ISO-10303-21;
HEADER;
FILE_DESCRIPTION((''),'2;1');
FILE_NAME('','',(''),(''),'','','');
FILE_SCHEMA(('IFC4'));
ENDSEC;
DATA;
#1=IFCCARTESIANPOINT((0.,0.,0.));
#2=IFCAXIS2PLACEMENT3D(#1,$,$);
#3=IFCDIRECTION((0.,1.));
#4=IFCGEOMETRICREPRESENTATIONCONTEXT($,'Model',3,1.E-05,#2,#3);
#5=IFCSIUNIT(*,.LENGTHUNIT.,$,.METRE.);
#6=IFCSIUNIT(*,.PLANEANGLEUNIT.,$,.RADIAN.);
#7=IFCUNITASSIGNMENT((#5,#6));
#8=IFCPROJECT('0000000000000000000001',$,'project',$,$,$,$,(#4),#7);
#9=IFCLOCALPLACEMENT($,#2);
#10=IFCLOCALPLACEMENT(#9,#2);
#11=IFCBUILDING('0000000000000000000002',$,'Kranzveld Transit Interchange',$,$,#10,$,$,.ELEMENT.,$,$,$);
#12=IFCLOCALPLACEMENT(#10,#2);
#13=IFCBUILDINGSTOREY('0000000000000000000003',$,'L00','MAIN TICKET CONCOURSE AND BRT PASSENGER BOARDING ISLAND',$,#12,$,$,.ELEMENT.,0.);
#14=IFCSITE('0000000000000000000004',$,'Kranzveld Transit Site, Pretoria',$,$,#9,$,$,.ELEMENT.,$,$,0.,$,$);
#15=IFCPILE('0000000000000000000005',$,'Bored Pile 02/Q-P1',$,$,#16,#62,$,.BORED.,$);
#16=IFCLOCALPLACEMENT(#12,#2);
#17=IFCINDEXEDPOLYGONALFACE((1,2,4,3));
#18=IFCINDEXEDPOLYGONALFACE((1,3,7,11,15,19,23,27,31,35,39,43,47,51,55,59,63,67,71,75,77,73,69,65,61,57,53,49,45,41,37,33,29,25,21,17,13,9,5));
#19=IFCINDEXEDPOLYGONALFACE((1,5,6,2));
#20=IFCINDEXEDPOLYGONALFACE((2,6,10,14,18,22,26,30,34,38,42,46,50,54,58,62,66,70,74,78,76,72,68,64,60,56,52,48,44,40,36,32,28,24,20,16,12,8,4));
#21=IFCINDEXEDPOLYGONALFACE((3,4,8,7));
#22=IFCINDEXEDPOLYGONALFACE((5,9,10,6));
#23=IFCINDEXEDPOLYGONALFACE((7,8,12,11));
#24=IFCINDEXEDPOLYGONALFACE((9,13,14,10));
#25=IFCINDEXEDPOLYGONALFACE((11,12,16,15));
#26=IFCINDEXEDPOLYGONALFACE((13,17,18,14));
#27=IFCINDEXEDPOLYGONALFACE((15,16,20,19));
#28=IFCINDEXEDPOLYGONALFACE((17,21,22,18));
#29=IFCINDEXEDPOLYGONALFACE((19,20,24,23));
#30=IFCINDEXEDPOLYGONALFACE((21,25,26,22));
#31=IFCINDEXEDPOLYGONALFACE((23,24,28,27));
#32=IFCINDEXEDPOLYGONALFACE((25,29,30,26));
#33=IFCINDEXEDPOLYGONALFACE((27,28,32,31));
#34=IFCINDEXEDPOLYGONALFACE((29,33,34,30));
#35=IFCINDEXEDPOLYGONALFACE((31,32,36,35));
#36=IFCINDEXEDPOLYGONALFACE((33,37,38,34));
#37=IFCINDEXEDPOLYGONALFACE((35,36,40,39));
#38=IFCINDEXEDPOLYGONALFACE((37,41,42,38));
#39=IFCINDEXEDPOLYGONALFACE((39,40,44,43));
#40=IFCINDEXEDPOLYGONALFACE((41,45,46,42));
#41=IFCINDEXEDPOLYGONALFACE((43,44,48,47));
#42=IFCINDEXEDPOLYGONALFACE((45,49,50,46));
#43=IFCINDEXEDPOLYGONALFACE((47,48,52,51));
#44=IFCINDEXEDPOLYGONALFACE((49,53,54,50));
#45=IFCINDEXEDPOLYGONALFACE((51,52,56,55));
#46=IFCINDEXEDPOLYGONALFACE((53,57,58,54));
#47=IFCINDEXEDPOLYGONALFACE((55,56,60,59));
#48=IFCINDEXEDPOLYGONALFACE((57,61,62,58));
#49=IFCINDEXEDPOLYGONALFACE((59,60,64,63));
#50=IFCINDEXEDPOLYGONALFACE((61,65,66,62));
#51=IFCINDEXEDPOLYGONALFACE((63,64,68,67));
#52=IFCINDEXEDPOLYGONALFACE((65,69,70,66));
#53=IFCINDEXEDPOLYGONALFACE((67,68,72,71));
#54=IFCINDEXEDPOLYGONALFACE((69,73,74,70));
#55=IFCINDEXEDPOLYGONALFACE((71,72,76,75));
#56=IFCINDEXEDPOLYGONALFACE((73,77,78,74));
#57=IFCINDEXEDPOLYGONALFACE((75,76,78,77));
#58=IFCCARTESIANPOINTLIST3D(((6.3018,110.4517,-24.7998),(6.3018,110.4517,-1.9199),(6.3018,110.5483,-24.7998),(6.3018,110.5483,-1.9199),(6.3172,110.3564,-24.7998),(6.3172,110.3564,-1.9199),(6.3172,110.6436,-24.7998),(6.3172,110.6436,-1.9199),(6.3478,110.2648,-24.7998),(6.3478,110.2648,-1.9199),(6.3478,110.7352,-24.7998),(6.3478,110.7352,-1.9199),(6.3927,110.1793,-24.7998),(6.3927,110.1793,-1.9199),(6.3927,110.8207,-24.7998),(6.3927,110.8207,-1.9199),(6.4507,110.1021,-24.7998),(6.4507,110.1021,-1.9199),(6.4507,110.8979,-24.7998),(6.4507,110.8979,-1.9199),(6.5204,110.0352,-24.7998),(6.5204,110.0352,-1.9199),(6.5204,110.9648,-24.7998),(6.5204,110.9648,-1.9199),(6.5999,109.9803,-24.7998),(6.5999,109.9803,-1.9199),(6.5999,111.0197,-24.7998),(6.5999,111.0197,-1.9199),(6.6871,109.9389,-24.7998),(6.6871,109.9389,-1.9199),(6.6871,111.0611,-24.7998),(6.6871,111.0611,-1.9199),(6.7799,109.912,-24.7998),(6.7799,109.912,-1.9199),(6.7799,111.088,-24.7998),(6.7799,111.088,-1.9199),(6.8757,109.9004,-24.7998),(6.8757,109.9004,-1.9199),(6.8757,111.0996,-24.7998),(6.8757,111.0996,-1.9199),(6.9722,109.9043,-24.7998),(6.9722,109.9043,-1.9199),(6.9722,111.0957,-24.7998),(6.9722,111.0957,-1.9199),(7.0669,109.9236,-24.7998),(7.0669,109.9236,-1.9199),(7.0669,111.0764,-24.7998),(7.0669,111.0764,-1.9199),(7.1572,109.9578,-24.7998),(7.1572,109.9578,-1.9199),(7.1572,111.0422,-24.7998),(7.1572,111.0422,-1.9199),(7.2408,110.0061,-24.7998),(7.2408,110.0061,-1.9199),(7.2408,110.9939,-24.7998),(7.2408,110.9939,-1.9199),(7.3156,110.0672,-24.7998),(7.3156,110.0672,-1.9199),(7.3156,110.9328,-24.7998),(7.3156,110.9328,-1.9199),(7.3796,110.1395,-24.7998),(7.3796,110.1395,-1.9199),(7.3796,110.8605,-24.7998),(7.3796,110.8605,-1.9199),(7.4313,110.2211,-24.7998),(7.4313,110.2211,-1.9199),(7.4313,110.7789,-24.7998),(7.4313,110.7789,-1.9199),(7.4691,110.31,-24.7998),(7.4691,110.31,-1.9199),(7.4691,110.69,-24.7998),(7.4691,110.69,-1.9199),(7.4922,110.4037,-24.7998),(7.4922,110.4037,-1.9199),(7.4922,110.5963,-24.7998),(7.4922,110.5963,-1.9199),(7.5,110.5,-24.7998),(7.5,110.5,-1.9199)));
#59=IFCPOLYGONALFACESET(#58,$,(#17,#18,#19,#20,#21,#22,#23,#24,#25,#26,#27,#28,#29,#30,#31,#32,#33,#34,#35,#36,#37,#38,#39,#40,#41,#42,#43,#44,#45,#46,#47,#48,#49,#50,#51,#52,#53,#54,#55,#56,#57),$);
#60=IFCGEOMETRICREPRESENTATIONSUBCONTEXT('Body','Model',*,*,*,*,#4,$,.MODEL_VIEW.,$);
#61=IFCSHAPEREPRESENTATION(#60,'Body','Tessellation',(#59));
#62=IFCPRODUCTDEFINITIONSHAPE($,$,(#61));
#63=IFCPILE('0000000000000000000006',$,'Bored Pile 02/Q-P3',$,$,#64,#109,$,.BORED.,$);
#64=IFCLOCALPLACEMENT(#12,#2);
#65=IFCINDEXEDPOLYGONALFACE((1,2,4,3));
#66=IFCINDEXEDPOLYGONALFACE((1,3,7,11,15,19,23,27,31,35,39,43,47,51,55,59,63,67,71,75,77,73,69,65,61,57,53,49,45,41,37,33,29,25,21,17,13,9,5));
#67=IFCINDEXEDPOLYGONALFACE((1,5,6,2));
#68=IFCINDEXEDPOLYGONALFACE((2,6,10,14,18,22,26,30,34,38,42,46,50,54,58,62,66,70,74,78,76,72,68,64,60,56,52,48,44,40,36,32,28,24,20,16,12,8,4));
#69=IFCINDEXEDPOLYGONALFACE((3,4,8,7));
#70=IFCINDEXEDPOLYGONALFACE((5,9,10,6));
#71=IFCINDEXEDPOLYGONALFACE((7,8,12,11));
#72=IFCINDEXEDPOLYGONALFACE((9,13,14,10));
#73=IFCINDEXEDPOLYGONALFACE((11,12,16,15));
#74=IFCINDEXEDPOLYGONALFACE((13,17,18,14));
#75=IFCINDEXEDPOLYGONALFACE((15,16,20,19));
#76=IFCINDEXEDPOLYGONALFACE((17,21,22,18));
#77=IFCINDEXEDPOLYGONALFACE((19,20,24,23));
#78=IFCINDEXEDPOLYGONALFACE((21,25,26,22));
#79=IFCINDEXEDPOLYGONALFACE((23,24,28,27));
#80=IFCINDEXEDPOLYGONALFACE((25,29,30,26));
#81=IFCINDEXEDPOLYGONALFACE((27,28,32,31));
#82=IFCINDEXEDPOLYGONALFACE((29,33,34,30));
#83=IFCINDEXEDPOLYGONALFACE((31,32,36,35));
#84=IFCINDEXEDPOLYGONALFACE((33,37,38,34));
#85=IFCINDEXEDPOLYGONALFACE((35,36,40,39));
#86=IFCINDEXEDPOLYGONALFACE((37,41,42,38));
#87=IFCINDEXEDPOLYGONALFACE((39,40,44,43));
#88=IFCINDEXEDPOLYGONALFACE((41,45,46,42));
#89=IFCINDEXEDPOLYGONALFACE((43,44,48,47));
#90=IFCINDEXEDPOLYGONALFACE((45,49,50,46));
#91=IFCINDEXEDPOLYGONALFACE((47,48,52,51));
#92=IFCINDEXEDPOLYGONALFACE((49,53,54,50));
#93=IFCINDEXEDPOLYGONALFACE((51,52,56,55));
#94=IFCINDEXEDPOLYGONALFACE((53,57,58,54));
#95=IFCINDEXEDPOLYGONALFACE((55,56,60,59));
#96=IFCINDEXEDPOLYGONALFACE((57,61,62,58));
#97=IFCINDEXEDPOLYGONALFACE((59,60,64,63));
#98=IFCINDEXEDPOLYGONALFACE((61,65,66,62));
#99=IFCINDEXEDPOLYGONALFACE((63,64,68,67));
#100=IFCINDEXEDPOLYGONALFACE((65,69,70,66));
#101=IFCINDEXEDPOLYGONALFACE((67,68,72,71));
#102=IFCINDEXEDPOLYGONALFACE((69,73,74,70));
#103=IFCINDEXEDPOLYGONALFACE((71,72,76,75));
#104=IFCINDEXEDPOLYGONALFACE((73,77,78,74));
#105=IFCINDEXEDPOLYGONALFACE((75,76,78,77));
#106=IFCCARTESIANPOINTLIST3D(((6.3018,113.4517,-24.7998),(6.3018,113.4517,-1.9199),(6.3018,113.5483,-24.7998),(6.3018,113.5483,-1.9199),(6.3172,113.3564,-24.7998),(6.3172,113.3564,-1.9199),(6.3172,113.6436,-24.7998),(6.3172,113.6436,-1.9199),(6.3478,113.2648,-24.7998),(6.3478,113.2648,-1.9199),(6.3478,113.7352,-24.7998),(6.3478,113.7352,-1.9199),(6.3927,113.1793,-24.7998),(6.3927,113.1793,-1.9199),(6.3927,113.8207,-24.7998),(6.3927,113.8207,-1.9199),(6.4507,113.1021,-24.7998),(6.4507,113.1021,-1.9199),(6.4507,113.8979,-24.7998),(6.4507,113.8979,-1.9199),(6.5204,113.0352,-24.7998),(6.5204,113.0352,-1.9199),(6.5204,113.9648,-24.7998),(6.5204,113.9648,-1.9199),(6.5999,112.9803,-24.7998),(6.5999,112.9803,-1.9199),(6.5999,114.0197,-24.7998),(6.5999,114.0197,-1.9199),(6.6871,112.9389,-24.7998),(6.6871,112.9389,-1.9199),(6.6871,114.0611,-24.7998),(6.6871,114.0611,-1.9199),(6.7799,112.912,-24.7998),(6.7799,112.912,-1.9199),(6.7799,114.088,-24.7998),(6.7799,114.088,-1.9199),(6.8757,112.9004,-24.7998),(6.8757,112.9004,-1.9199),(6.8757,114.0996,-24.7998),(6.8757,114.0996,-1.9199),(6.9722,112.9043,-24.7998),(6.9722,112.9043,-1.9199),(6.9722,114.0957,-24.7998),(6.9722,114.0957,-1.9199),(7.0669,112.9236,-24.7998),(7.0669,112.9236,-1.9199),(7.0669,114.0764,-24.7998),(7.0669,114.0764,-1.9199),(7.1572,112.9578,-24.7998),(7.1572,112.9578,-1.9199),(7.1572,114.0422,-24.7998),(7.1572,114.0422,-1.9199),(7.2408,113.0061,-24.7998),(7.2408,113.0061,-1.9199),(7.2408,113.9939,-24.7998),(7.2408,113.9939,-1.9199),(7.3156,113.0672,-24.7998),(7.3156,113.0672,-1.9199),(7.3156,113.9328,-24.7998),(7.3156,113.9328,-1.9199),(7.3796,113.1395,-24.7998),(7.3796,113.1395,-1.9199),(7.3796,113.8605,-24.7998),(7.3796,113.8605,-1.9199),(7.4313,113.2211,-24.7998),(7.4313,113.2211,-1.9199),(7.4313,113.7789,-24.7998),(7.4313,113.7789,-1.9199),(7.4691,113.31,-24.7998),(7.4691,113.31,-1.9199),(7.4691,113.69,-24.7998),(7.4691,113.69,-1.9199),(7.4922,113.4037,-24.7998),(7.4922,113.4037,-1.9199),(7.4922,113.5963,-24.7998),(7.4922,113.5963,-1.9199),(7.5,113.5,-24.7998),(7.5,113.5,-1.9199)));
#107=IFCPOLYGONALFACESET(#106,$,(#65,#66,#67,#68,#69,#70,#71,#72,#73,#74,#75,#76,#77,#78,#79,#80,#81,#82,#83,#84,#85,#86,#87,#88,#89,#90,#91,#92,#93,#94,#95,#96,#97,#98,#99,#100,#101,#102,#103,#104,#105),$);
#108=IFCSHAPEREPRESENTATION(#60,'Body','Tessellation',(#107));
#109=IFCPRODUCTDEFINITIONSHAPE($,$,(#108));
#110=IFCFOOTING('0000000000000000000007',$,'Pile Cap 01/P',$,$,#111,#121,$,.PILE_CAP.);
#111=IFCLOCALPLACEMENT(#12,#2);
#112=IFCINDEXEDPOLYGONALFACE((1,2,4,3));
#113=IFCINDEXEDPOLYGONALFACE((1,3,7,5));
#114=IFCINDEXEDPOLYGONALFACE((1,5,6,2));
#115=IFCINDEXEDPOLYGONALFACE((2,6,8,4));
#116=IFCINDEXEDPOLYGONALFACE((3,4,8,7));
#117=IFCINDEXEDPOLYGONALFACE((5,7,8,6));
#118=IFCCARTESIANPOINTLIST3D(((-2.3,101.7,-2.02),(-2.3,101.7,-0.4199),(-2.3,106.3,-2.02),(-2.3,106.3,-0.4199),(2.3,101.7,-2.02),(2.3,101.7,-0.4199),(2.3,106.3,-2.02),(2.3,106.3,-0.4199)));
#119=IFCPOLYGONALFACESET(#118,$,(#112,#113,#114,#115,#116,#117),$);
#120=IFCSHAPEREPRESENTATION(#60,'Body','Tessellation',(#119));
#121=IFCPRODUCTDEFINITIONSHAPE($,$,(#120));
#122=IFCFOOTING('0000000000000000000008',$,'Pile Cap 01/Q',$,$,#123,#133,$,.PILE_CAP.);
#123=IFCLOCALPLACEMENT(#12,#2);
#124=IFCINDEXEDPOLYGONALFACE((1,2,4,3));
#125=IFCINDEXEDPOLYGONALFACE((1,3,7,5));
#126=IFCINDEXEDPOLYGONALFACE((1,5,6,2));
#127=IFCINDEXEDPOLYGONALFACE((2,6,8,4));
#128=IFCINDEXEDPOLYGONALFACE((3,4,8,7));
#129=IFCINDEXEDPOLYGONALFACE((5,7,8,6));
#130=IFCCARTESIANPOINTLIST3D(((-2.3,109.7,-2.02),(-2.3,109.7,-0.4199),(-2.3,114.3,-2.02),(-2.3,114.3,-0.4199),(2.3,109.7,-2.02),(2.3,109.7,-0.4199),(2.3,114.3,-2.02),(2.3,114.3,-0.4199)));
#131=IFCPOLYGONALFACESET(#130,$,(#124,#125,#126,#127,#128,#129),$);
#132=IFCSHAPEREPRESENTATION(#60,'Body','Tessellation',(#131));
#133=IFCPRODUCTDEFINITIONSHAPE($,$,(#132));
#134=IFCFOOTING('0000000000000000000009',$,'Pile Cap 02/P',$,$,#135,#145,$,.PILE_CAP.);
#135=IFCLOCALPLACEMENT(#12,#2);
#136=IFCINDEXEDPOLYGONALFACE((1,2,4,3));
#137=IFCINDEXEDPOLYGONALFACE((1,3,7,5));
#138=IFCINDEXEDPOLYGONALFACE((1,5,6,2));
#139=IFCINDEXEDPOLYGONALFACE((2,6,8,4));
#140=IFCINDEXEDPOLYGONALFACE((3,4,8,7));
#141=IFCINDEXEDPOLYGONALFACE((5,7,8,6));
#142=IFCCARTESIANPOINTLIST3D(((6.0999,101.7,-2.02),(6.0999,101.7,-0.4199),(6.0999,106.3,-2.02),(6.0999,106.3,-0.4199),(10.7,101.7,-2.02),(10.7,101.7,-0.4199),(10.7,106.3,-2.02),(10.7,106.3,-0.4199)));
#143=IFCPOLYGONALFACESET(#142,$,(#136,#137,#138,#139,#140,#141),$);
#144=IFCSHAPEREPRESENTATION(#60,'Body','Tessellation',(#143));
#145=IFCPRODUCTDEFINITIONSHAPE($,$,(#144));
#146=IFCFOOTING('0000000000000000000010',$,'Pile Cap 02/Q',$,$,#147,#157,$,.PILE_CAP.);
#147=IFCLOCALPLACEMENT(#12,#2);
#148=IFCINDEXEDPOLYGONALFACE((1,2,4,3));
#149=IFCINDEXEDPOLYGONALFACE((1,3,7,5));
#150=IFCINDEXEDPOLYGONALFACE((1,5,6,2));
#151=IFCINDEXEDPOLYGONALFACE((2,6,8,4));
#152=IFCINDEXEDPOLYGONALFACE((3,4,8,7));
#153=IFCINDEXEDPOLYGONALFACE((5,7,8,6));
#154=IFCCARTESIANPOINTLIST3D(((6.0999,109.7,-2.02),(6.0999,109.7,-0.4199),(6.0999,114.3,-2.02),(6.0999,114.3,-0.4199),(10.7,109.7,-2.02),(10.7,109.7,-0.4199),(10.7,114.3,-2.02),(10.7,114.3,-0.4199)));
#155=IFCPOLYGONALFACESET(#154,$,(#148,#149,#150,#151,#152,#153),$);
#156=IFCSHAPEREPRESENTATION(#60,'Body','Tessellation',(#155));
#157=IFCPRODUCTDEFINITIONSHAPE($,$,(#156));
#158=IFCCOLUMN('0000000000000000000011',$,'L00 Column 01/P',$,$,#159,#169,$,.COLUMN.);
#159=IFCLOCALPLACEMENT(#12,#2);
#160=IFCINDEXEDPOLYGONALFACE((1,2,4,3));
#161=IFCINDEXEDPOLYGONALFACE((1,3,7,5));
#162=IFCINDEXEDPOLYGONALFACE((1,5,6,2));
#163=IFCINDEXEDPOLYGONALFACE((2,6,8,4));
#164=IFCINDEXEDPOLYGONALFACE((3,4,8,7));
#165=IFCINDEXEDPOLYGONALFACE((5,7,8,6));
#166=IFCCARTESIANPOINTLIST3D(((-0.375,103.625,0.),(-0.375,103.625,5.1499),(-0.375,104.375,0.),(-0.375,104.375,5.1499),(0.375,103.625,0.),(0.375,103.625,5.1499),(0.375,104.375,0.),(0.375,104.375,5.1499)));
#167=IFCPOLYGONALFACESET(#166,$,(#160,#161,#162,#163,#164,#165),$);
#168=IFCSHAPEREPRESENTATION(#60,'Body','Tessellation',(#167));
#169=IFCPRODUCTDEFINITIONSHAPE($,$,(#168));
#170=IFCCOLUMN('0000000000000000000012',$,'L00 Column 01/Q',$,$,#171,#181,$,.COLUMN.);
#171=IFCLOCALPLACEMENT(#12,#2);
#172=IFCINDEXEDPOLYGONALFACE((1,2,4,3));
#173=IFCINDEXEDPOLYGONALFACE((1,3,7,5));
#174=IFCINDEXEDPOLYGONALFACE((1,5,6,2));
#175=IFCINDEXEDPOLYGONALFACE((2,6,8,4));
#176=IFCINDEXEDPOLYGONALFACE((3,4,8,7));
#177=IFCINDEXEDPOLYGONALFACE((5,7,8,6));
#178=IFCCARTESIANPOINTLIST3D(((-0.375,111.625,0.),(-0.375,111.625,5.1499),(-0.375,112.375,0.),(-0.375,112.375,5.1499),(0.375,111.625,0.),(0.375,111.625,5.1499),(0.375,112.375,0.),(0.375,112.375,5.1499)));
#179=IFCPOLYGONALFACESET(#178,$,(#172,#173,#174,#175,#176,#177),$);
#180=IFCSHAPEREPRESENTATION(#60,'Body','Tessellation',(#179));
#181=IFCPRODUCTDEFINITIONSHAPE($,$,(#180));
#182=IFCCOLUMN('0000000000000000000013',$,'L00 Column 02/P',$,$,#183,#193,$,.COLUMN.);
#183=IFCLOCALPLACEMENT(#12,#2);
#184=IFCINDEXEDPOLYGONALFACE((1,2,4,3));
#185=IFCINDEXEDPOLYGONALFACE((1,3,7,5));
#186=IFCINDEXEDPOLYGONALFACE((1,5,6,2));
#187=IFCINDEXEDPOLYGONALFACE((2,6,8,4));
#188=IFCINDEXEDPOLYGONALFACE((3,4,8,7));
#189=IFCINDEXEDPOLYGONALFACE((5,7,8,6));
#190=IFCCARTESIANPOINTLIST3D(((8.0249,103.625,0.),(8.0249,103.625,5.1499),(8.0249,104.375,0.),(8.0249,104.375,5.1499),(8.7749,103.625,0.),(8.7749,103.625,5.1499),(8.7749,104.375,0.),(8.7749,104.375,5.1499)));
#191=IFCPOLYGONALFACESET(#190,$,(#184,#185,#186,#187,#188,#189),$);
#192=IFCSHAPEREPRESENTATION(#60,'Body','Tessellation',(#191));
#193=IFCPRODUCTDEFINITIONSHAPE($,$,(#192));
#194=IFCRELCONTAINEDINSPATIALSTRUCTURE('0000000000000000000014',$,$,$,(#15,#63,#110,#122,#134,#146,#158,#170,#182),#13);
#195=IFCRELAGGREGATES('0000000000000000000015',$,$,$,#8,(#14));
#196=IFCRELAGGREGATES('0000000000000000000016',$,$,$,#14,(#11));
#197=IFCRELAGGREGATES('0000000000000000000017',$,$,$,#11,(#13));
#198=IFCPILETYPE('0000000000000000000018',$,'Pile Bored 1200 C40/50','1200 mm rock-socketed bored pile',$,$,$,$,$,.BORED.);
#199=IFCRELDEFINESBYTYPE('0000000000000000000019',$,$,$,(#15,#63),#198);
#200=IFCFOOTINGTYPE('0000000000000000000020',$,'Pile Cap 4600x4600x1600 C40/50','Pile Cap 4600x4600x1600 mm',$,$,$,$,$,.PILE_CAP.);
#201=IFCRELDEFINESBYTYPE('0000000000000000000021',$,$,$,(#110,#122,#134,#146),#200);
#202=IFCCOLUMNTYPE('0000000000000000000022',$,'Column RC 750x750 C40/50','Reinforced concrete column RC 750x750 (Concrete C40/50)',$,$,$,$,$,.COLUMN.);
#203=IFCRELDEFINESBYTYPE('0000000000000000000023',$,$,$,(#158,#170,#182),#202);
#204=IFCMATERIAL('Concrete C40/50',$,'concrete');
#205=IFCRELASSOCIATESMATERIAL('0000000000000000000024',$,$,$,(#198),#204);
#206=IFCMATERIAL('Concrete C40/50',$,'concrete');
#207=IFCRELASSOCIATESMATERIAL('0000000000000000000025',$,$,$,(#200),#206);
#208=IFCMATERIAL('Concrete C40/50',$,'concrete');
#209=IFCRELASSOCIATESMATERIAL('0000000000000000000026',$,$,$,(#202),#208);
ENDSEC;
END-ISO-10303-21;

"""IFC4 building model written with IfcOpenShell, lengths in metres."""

from ifc_helpers import new_model, si_unit, direction, frame, origin, origin_2d, place, context, subcontext, project, spatial, rectangle, circle, extrude, material, material_profile, profile_set, type_object, element, save


model = new_model("IFC4")

# Units and contexts
model_context = context("Model", 3, precision=1e-05, world=origin(), true_north=direction((0.0, 1.0)))
body_context = subcontext(model_context, "Body", "Model", "MODEL_VIEW")
ifc_project = project(units=[si_unit("LENGTHUNIT", "METRE"), si_unit("PLANEANGLEUNIT", "RADIAN")], contexts=[model_context])

# Site, building, storey
site_placement = place(None, origin())
site = spatial("IfcSite", under=ifc_project, at=site_placement, Name="Kranzveld Transit Site, Pretoria", CompositionType="ELEMENT", RefElevation=0.0)
building_placement = place(site_placement, origin())
building = spatial("IfcBuilding", under=site, at=building_placement, Name="Kranzveld Transit Interchange", CompositionType="ELEMENT")
storey_placement = place(building_placement, origin())
storey = spatial("IfcBuildingStorey", under=building, at=storey_placement, Name="L00", Description="MAIN TICKET CONCOURSE AND BRT PASSENGER BOARDING ISLAND", CompositionType="ELEMENT", Elevation=0.0)

# Piles
ifc_material_1 = material(Name="Concrete C40/50", Category="concrete")
ifc_material_profile_1 = material_profile(ifc_material_1, circle(Radius=0.6001, at=origin_2d()), Name="BORED PILE 1200")
ifc_profile_set_1 = profile_set([ifc_material_profile_1], Name="Concrete C40/50")
pile_type = type_object("IfcPileType", Name="Pile Bored 1200 C40/50", Description="1200 mm rock-socketed bored pile", PredefinedType="BORED", material=ifc_profile_set_1)
for number, where, z_axis, x_axis, name in (
    (1, (6.8999, 110.5, -1.9199), (0.0, 0.0, -1.0), (1.0, 0.0, 0.0), "Bored Pile 02/Q-P1"),
    (2, (6.8999, 113.5, -1.9199), (0.0, 0.0, -1.0), (1.0, 0.0, 0.0), "Bored Pile 02/Q-P3"),
):
    element("IfcPile", number, at=place(storey_placement, frame(where, z_axis=z_axis, x_axis=x_axis)), inside=storey, type_object=pile_type, Name=name, PredefinedType="BORED", context=body_context, shape_type="SweptSolid", body=[
        extrude(circle(Radius=0.6001, at=origin_2d()), origin(), (0.0, 0.0, 1.0), 22.8799),
    ])

# Footings
ifc_material_2 = material(Name="Concrete C40/50", Category="concrete")
footing_type_1 = type_object("IfcFootingType", Name="Pile Cap 4600x4600x1600 C40/50", Description="Pile Cap 4600x4600x1600 mm", PredefinedType="PILE_CAP", material=ifc_material_2)
for number, where, z_axis, x_axis, name in (
    (3, (0.0, 104.0, -2.02), (0.0, 0.0, 1.0), (1.0, 0.0, 0.0), "Pile Cap 01/P"),
    (4, (0.0, 112.0, -2.02), (0.0, 0.0, 1.0), (1.0, 0.0, 0.0), "Pile Cap 01/Q"),
    (5, (8.3999, 104.0, -2.02), (0.0, 0.0, 1.0), (1.0, 0.0, 0.0), "Pile Cap 02/P"),
    (6, (8.3999, 112.0, -2.02), (0.0, 0.0, 1.0), (1.0, 0.0, 0.0), "Pile Cap 02/Q"),
):
    element("IfcFooting", number, at=place(storey_placement, frame(where, z_axis=z_axis, x_axis=x_axis)), inside=storey, type_object=footing_type_1, Name=name, PredefinedType="PILE_CAP", context=body_context, shape_type="SweptSolid", body=[
        extrude(rectangle(XDim=4.6001, YDim=4.6001, at=origin_2d()), origin(), (0.0, 0.0, 1.0), 1.6001),
    ])

# Columns
ifc_material_3 = material(Name="Concrete C40/50", Category="concrete")
ifc_material_profile_2 = material_profile(ifc_material_3, rectangle(XDim=0.75, YDim=0.75, at=origin_2d()), Name="RC 750x750")
ifc_profile_set_2 = profile_set([ifc_material_profile_2], Name="Concrete C40/50")
column_type = type_object("IfcColumnType", Name="Column RC 750x750 C40/50", Description="Reinforced concrete column RC 750x750 (Concrete C40/50)", PredefinedType="COLUMN", material=ifc_profile_set_2)
for number, where, z_axis, x_axis, name in (
    (7, (0.0, 104.0, 0.0), (0.0, 0.0, 1.0), (1.0, 0.0, 0.0), "L00 Column 01/P"),
    (8, (0.0, 112.0, 0.0), (0.0, 0.0, 1.0), (1.0, 0.0, 0.0), "L00 Column 01/Q"),
    (9, (8.3999, 104.0, 0.0), (0.0, 0.0, 1.0), (1.0, 0.0, 0.0), "L00 Column 02/P"),
):
    element("IfcColumn", number, at=place(storey_placement, frame(where, z_axis=z_axis, x_axis=x_axis)), inside=storey, type_object=column_type, Name=name, PredefinedType="COLUMN", context=body_context, shape_type="SweptSolid", body=[
        extrude(rectangle(XDim=0.75, YDim=0.75, at=origin_2d()), origin(), (0.0, 0.0, 1.0), 5.1499),
    ])

save(model, "model.ifc")
